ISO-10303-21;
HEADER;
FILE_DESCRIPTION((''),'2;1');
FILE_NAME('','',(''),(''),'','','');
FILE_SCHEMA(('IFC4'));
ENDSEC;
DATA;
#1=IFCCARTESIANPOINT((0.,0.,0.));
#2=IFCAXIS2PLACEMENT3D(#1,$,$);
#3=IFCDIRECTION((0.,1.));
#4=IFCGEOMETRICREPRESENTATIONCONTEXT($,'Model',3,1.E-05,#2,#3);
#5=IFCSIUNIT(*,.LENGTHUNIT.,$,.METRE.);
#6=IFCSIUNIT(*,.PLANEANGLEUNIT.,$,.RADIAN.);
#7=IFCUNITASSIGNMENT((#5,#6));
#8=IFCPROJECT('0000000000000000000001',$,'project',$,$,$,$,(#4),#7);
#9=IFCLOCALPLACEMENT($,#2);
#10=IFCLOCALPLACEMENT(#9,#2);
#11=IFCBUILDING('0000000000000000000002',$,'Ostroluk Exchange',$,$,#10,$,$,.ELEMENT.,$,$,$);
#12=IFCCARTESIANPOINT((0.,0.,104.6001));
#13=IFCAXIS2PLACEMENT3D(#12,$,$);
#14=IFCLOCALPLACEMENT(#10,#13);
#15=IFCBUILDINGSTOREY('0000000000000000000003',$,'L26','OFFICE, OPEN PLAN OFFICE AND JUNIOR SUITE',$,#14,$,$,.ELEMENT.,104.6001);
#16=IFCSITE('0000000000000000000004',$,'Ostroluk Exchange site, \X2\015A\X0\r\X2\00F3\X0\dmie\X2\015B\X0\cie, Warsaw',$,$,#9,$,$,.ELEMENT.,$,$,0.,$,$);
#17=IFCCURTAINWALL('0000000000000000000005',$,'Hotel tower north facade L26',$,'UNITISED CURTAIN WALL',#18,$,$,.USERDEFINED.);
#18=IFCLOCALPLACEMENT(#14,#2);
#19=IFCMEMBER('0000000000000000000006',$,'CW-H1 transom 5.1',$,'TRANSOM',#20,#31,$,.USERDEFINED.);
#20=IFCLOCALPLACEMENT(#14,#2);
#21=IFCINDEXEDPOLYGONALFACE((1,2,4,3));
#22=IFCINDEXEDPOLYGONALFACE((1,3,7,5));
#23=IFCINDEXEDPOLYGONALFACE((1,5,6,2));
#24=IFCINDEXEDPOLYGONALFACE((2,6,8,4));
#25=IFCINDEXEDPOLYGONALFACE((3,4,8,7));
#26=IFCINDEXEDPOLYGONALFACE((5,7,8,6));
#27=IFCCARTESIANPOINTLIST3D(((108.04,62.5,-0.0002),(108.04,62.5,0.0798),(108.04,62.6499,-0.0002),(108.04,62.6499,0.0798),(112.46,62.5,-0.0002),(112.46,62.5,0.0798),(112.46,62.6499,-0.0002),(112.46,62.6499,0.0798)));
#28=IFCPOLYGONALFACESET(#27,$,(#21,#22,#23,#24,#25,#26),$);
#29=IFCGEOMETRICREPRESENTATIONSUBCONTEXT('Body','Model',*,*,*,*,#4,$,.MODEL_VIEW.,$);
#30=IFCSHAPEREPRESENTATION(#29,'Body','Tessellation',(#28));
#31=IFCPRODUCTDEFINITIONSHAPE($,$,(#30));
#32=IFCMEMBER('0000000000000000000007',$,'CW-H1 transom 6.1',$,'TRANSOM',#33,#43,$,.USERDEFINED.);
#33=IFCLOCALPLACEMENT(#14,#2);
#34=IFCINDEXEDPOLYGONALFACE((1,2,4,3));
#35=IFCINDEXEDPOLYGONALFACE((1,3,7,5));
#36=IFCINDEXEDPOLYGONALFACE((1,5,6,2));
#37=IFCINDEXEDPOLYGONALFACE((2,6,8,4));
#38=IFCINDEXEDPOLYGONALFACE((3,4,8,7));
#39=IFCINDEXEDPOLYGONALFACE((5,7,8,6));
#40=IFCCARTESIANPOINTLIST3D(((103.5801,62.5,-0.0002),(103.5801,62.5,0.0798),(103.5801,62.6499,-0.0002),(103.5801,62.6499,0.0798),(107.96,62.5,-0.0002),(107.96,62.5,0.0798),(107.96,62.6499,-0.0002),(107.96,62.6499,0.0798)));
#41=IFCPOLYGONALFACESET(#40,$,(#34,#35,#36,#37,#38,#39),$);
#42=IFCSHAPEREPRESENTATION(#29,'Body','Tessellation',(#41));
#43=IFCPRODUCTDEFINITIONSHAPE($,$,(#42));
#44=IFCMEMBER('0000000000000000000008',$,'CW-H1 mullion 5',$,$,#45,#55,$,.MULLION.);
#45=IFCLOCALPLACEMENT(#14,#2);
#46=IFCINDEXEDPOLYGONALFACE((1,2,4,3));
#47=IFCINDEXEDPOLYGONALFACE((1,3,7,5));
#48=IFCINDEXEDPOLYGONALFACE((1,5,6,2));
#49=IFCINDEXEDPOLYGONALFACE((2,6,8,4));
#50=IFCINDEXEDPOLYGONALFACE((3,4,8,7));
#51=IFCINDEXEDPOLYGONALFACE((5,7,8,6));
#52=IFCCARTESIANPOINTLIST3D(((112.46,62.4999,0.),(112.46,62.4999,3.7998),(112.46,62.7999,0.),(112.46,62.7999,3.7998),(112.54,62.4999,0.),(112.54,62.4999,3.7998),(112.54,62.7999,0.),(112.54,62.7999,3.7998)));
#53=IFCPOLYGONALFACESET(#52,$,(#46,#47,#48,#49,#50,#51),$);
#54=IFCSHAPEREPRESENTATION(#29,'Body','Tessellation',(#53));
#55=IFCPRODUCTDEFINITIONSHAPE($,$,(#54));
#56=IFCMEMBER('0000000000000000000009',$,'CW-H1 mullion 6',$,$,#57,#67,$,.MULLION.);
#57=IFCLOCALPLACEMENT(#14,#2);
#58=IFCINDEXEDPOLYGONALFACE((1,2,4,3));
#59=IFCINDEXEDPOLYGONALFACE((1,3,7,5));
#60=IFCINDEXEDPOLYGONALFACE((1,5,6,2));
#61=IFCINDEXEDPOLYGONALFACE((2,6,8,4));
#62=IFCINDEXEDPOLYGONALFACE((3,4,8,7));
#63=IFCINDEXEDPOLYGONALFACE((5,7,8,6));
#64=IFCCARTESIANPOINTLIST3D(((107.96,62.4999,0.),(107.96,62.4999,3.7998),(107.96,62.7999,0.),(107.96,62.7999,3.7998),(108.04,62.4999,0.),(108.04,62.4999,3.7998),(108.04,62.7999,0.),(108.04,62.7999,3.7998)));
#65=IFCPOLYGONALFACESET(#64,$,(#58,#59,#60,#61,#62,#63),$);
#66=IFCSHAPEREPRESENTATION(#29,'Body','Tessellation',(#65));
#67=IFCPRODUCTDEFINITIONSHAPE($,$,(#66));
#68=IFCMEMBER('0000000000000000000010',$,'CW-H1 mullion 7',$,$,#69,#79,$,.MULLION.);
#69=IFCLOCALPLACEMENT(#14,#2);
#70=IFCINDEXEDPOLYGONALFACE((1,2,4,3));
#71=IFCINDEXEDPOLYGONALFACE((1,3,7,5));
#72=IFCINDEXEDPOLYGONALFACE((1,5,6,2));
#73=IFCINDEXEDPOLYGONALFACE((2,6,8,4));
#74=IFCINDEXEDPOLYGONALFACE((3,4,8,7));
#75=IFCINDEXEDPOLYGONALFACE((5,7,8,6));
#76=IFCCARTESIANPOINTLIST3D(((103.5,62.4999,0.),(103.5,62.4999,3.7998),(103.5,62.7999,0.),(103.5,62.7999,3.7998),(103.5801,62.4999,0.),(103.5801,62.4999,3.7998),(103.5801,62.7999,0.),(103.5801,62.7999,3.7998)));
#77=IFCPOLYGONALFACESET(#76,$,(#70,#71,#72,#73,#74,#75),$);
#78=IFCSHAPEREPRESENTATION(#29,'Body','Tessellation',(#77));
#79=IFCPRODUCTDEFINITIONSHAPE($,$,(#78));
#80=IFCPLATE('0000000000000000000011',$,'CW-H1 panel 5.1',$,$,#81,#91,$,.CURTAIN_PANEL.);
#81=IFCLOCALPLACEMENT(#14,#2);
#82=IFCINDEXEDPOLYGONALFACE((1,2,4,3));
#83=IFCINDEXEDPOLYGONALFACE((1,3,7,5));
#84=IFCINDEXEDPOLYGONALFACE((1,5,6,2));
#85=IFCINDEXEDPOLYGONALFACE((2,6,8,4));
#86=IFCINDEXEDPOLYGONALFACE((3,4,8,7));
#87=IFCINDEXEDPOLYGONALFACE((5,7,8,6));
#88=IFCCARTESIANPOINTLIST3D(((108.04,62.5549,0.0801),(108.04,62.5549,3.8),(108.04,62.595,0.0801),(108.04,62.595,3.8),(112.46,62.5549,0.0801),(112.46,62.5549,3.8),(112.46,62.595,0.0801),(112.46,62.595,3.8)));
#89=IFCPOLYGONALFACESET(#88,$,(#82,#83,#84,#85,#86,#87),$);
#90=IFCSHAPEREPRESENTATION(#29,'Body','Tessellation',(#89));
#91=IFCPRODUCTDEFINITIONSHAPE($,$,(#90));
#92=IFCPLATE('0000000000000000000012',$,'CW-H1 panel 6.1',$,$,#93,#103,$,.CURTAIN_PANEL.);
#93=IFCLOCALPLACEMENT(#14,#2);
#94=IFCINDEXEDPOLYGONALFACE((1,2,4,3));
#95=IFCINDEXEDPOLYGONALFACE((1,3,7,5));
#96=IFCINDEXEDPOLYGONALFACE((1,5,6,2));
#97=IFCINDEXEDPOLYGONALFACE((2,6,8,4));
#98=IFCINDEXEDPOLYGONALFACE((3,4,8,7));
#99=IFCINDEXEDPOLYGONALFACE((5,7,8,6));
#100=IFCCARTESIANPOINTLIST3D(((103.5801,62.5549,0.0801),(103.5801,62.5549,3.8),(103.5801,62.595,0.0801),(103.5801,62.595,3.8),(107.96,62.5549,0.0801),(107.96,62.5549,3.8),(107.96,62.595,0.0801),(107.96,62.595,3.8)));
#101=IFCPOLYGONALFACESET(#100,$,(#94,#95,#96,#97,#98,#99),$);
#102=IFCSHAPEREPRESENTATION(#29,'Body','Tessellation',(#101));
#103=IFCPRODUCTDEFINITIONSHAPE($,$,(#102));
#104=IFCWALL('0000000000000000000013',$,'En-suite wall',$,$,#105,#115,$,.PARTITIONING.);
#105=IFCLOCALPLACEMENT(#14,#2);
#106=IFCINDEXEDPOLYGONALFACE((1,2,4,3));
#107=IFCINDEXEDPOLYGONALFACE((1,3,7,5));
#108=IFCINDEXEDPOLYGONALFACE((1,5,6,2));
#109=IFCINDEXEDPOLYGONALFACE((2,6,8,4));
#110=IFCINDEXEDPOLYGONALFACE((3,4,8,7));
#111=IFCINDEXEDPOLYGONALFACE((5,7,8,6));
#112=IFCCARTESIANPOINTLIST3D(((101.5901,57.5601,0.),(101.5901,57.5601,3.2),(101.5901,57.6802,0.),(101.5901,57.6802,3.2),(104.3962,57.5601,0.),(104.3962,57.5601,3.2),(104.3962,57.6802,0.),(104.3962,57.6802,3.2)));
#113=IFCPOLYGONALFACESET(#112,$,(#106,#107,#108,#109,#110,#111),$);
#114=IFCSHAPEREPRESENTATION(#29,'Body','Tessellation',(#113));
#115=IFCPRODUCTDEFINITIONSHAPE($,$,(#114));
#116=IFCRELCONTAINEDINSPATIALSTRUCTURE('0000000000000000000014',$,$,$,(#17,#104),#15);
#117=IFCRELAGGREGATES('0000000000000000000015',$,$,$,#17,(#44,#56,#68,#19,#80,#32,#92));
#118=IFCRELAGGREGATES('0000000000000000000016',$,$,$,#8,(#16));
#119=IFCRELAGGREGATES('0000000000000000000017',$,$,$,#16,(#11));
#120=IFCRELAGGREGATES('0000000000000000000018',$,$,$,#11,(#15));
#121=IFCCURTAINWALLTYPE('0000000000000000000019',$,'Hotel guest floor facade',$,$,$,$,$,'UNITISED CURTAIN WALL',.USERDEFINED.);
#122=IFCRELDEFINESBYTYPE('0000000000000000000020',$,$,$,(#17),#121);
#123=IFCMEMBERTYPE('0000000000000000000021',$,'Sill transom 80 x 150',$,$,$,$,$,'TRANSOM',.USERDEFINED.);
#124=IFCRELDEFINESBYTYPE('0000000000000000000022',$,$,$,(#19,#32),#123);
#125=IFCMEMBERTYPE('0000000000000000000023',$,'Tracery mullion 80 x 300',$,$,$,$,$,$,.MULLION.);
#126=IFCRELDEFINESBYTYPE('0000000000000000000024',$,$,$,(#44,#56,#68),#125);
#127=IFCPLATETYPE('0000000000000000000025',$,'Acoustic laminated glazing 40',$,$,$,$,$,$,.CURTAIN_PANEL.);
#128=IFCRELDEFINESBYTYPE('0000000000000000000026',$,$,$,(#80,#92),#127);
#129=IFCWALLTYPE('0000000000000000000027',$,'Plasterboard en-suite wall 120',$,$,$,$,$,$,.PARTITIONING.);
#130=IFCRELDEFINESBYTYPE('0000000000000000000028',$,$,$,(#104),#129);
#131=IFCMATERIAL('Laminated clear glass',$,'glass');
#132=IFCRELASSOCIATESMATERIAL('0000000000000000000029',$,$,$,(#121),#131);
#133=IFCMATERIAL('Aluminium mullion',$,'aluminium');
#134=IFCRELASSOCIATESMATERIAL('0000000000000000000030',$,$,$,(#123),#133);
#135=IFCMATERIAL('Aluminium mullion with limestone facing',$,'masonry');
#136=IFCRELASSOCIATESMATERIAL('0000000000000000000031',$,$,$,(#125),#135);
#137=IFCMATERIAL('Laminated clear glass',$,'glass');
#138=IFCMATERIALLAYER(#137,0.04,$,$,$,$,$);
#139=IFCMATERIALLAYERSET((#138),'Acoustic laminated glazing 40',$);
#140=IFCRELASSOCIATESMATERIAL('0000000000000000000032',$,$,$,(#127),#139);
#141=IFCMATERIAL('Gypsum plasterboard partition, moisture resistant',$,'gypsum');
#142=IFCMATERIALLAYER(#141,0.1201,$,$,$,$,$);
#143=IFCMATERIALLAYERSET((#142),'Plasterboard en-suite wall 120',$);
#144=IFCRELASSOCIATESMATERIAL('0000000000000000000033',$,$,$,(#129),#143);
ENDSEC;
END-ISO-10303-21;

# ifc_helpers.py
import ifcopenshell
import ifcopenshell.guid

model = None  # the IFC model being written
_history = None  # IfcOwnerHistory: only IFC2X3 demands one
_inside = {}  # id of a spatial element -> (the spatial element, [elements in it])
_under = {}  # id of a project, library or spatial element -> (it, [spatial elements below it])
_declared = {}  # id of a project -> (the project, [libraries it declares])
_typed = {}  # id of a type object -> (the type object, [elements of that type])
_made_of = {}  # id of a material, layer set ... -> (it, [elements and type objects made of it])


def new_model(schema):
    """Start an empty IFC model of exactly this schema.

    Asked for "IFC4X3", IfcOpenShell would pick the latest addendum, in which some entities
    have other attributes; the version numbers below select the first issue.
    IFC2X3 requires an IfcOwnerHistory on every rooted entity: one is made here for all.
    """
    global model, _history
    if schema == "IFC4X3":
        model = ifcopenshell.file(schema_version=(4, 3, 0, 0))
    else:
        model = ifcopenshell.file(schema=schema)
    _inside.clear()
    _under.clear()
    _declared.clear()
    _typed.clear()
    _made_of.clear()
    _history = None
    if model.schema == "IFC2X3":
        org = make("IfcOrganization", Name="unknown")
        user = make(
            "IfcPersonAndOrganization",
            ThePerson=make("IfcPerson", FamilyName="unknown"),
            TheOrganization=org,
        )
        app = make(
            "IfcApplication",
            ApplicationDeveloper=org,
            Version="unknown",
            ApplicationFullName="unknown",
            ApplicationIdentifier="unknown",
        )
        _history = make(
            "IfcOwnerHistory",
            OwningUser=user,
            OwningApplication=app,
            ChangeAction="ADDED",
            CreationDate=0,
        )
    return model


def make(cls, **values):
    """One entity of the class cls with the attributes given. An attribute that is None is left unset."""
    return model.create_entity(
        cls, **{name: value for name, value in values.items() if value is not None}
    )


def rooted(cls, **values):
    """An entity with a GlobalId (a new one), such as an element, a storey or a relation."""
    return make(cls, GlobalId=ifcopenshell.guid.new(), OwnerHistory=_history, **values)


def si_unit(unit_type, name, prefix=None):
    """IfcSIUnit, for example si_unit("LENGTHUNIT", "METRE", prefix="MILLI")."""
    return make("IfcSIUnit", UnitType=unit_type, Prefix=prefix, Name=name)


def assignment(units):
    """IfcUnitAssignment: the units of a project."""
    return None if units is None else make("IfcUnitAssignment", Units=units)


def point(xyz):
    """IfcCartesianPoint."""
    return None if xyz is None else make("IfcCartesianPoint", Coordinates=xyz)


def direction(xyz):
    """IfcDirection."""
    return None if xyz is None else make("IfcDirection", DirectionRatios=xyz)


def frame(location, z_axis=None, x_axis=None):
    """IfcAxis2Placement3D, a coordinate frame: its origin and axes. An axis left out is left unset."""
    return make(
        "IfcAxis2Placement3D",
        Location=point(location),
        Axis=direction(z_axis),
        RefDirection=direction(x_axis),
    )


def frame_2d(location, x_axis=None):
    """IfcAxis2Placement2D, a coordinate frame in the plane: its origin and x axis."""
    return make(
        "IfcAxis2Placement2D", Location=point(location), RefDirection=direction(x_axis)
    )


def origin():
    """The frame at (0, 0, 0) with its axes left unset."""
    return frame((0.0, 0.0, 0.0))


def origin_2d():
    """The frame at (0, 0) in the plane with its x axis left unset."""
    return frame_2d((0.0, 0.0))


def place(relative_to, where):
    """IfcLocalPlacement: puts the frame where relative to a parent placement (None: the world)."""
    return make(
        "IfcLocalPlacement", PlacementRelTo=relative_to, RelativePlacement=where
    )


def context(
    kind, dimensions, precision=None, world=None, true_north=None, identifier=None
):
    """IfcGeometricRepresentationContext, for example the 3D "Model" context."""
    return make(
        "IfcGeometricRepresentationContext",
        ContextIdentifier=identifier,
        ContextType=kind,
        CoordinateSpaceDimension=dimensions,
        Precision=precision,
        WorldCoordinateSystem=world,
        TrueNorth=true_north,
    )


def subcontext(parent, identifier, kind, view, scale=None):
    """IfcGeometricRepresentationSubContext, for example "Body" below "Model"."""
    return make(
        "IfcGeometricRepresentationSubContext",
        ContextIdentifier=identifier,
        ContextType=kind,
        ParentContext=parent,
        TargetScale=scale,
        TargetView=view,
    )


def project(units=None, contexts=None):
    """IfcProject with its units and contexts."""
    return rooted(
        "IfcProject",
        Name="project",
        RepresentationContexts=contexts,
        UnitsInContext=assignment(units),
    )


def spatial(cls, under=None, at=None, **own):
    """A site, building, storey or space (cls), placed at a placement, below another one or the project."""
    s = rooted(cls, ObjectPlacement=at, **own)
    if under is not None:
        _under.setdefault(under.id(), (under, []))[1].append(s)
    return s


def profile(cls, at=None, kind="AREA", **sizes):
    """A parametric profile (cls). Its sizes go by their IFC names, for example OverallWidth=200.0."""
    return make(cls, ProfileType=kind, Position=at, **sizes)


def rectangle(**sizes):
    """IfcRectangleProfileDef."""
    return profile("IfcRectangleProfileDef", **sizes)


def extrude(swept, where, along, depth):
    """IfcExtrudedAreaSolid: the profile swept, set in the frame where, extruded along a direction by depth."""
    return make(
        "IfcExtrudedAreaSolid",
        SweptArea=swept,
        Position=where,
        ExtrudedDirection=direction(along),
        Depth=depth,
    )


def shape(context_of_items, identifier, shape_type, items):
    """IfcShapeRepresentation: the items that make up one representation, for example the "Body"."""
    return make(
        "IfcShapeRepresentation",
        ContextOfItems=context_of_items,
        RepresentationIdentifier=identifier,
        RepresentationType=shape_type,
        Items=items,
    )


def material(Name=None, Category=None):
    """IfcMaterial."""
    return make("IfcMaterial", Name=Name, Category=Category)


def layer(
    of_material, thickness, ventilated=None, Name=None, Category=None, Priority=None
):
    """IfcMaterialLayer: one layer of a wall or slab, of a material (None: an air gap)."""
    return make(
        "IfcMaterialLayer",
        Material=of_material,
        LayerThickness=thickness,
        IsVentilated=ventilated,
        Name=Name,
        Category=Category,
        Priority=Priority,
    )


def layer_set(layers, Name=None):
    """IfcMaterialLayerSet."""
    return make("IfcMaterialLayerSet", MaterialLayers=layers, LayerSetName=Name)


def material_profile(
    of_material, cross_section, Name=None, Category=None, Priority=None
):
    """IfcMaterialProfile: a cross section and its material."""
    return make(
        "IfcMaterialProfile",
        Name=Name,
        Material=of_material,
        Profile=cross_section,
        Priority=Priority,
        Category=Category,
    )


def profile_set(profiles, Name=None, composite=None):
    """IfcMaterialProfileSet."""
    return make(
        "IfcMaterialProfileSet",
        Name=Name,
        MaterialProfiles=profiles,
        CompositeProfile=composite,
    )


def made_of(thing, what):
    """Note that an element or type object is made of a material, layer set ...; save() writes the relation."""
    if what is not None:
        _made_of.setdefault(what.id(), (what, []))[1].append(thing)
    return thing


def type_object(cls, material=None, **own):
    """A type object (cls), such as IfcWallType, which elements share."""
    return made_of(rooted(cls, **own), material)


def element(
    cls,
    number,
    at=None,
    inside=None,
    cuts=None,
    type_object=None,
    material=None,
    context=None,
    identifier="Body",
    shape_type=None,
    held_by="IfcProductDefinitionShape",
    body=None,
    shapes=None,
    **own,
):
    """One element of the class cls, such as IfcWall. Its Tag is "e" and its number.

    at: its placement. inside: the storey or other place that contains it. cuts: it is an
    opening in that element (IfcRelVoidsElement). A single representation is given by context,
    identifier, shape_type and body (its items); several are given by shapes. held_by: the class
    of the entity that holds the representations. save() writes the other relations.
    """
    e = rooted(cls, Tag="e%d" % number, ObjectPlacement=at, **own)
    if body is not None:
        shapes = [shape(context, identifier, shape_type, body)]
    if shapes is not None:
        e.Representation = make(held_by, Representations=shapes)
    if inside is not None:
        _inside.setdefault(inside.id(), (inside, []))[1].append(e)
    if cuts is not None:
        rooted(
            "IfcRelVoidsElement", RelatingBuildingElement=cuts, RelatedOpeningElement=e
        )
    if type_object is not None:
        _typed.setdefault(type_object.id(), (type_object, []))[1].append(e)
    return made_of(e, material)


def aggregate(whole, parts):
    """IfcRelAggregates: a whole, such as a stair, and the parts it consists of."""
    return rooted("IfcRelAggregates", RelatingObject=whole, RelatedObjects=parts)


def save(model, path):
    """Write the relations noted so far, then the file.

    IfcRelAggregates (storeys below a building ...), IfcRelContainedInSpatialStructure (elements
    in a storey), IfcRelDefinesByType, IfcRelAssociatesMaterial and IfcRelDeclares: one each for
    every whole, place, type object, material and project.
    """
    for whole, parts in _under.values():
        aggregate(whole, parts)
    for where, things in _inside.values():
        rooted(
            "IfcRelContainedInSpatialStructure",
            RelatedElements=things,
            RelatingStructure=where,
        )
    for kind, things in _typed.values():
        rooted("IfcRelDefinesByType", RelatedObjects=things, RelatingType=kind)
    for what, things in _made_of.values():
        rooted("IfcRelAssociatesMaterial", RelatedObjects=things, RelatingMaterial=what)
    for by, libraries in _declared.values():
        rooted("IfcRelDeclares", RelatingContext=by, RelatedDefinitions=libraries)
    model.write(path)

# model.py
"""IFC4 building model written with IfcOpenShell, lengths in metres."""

from ifc_helpers import new_model, si_unit, direction, frame, frame_2d, origin, origin_2d, place, context, subcontext, project, spatial, rectangle, extrude, material, layer, layer_set, material_profile, profile_set, type_object, element, aggregate, save


model = new_model("IFC4")

# Units and contexts
model_context = context("Model", 3, precision=1e-05, world=origin(), true_north=direction((0.0, 1.0)))
body_context = subcontext(model_context, "Body", "Model", "MODEL_VIEW")
ifc_project = project(units=[si_unit("LENGTHUNIT", "METRE"), si_unit("PLANEANGLEUNIT", "RADIAN")], contexts=[model_context])

# Site, building, storey
site_placement = place(None, origin())
site = spatial("IfcSite", under=ifc_project, at=site_placement, Name="Ostroluk Exchange site, Śródmieście, Warsaw", CompositionType="ELEMENT", RefElevation=0.0)
building_placement = place(site_placement, origin())
building = spatial("IfcBuilding", under=site, at=building_placement, Name="Ostroluk Exchange", CompositionType="ELEMENT")
storey_placement = place(building_placement, frame((0.0, 0.0, 104.6001)))
storey = spatial("IfcBuildingStorey", under=building, at=storey_placement, Name="L26", Description="OFFICE, OPEN PLAN OFFICE AND JUNIOR SUITE", CompositionType="ELEMENT", Elevation=104.6001)

# Curtain wall, members, plates
ifc_material_1 = material(Name="Laminated clear glass", Category="glass")
curtain_wall_type = type_object("IfcCurtainWallType", Name="Hotel guest floor facade", ElementType="UNITISED CURTAIN WALL", PredefinedType="USERDEFINED", material=ifc_material_1)
curtain_wall_placement = place(storey_placement, origin())
curtain_wall = element("IfcCurtainWall", 1, at=curtain_wall_placement, inside=storey, type_object=curtain_wall_type, Name="Hotel tower north facade L26", ObjectType="UNITISED CURTAIN WALL", PredefinedType="USERDEFINED")
ifc_material_2 = material(Name="Aluminium mullion", Category="aluminium")
ifc_material_profile_1 = material_profile(ifc_material_2, rectangle(XDim=0.1499, YDim=0.0801, at=origin_2d()), Name="Sill transom 80 x 150")
ifc_profile_set_1 = profile_set([ifc_material_profile_1], Name="Aluminium mullion")
member_type_1 = type_object("IfcMemberType", Name="Sill transom 80 x 150", ElementType="TRANSOM", PredefinedType="USERDEFINED", material=ifc_profile_set_1)
member_1_placement = place(storey_placement, frame((112.46, 62.575, 0.0398), z_axis=(-1.0, 0.0, 0.0), x_axis=(0.0, -1.0, 0.0)))
member_1 = element("IfcMember", 2, at=member_1_placement, type_object=member_type_1, Name="CW-H1 transom 5.1", ObjectType="TRANSOM", PredefinedType="USERDEFINED", context=body_context, shape_type="SweptSolid", body=[
    extrude(rectangle(XDim=0.1499, YDim=0.0801, at=origin_2d()), origin(), (0.0, 0.0, 1.0), 4.4199),
])
member_2_placement = place(storey_placement, frame((107.96, 62.575, 0.0398), z_axis=(-1.0, 0.0, 0.0), x_axis=(0.0, -1.0, 0.0)))
member_2 = element("IfcMember", 3, at=member_2_placement, type_object=member_type_1, Name="CW-H1 transom 6.1", ObjectType="TRANSOM", PredefinedType="USERDEFINED", context=body_context, shape_type="SweptSolid", body=[
    extrude(rectangle(XDim=0.1499, YDim=0.0801, at=origin_2d()), origin(), (0.0, 0.0, 1.0), 4.3799),
])
ifc_material_3 = material(Name="Aluminium mullion with limestone facing", Category="masonry")
ifc_material_profile_2 = material_profile(ifc_material_3, rectangle(XDim=0.3, YDim=0.0801, at=origin_2d()), Name="Tracery mullion 80 x 300")
ifc_profile_set_2 = profile_set([ifc_material_profile_2], Name="Aluminium mullion with limestone facing")
member_type_2 = type_object("IfcMemberType", Name="Tracery mullion 80 x 300", PredefinedType="MULLION", material=ifc_profile_set_2)
member_3_placement = place(storey_placement, frame((112.5, 62.6499, 0.0), z_axis=(0.0, 0.0, 1.0), x_axis=(0.0, -1.0, 0.0)))
member_3 = element("IfcMember", 4, at=member_3_placement, type_object=member_type_2, Name="CW-H1 mullion 5", PredefinedType="MULLION", context=body_context, shape_type="SweptSolid", body=[
    extrude(rectangle(XDim=0.3, YDim=0.0801, at=origin_2d()), origin(), (0.0, 0.0, 1.0), 3.7998),
])
member_4_placement = place(storey_placement, frame((108.0, 62.6499, 0.0), z_axis=(0.0, 0.0, 1.0), x_axis=(0.0, -1.0, 0.0)))
member_4 = element("IfcMember", 5, at=member_4_placement, type_object=member_type_2, Name="CW-H1 mullion 6", PredefinedType="MULLION", context=body_context, shape_type="SweptSolid", body=[
    extrude(rectangle(XDim=0.3, YDim=0.0801, at=origin_2d()), origin(), (0.0, 0.0, 1.0), 3.7998),
])
member_5_placement = place(storey_placement, frame((103.54, 62.6499, 0.0), z_axis=(0.0, 0.0, 1.0), x_axis=(0.0, -1.0, 0.0)))
member_5 = element("IfcMember", 6, at=member_5_placement, type_object=member_type_2, Name="CW-H1 mullion 7", PredefinedType="MULLION", context=body_context, shape_type="SweptSolid", body=[
    extrude(rectangle(XDim=0.3, YDim=0.0801, at=origin_2d()), origin(), (0.0, 0.0, 1.0), 3.7998),
])
ifc_material_4 = material(Name="Laminated clear glass", Category="glass")
ifc_layer_1 = layer(ifc_material_4, 0.04)
ifc_layer_set_1 = layer_set([ifc_layer_1], Name="Acoustic laminated glazing 40")
plate_type = type_object("IfcPlateType", Name="Acoustic laminated glazing 40", PredefinedType="CURTAIN_PANEL", material=ifc_layer_set_1)
plate_1_placement = place(storey_placement, frame((110.25, 62.575, 0.0801), z_axis=(0.0, 0.0, 1.0), x_axis=(-1.0, 0.0, 0.0)))
plate_1 = element("IfcPlate", 7, at=plate_1_placement, type_object=plate_type, Name="CW-H1 panel 5.1", PredefinedType="CURTAIN_PANEL", context=body_context, shape_type="SweptSolid", body=[
    extrude(rectangle(XDim=4.4199, YDim=0.04, at=origin_2d()), origin(), (0.0, 0.0, 1.0), 3.72),
])
plate_2_placement = place(storey_placement, frame((105.77, 62.575, 0.0801), z_axis=(0.0, 0.0, 1.0), x_axis=(-1.0, 0.0, 0.0)))
plate_2 = element("IfcPlate", 8, at=plate_2_placement, type_object=plate_type, Name="CW-H1 panel 6.1", PredefinedType="CURTAIN_PANEL", context=body_context, shape_type="SweptSolid", body=[
    extrude(rectangle(XDim=4.3799, YDim=0.04, at=origin_2d()), origin(), (0.0, 0.0, 1.0), 3.72),
])
aggregate(curtain_wall, [member_3, member_4, member_5, member_1, plate_1, member_2, plate_2])

# Wall
ifc_material_5 = material(Name="Gypsum plasterboard partition, moisture resistant", Category="gypsum")
ifc_layer_2 = layer(ifc_material_5, 0.1201)
ifc_layer_set_2 = layer_set([ifc_layer_2], Name="Plasterboard en-suite wall 120")
wall_type_1 = type_object("IfcWallType", Name="Plasterboard en-suite wall 120", PredefinedType="PARTITIONING", material=ifc_layer_set_2)
wall_1_placement = place(storey_placement, frame((104.3962, 57.6201, 0.0), z_axis=(0.0, 0.0, 1.0), x_axis=(-1.0, 0.0, 0.0)))
element("IfcWall", 9, at=wall_1_placement, inside=storey, type_object=wall_type_1, Name="En-suite wall", PredefinedType="PARTITIONING", context=body_context, shape_type="SweptSolid", body=[
    extrude(rectangle(XDim=2.8062, YDim=0.1201, at=frame_2d((1.4031, 0.0))), origin(), (0.0, 0.0, 1.0), 3.2),
])

save(model, "model.ifc")
